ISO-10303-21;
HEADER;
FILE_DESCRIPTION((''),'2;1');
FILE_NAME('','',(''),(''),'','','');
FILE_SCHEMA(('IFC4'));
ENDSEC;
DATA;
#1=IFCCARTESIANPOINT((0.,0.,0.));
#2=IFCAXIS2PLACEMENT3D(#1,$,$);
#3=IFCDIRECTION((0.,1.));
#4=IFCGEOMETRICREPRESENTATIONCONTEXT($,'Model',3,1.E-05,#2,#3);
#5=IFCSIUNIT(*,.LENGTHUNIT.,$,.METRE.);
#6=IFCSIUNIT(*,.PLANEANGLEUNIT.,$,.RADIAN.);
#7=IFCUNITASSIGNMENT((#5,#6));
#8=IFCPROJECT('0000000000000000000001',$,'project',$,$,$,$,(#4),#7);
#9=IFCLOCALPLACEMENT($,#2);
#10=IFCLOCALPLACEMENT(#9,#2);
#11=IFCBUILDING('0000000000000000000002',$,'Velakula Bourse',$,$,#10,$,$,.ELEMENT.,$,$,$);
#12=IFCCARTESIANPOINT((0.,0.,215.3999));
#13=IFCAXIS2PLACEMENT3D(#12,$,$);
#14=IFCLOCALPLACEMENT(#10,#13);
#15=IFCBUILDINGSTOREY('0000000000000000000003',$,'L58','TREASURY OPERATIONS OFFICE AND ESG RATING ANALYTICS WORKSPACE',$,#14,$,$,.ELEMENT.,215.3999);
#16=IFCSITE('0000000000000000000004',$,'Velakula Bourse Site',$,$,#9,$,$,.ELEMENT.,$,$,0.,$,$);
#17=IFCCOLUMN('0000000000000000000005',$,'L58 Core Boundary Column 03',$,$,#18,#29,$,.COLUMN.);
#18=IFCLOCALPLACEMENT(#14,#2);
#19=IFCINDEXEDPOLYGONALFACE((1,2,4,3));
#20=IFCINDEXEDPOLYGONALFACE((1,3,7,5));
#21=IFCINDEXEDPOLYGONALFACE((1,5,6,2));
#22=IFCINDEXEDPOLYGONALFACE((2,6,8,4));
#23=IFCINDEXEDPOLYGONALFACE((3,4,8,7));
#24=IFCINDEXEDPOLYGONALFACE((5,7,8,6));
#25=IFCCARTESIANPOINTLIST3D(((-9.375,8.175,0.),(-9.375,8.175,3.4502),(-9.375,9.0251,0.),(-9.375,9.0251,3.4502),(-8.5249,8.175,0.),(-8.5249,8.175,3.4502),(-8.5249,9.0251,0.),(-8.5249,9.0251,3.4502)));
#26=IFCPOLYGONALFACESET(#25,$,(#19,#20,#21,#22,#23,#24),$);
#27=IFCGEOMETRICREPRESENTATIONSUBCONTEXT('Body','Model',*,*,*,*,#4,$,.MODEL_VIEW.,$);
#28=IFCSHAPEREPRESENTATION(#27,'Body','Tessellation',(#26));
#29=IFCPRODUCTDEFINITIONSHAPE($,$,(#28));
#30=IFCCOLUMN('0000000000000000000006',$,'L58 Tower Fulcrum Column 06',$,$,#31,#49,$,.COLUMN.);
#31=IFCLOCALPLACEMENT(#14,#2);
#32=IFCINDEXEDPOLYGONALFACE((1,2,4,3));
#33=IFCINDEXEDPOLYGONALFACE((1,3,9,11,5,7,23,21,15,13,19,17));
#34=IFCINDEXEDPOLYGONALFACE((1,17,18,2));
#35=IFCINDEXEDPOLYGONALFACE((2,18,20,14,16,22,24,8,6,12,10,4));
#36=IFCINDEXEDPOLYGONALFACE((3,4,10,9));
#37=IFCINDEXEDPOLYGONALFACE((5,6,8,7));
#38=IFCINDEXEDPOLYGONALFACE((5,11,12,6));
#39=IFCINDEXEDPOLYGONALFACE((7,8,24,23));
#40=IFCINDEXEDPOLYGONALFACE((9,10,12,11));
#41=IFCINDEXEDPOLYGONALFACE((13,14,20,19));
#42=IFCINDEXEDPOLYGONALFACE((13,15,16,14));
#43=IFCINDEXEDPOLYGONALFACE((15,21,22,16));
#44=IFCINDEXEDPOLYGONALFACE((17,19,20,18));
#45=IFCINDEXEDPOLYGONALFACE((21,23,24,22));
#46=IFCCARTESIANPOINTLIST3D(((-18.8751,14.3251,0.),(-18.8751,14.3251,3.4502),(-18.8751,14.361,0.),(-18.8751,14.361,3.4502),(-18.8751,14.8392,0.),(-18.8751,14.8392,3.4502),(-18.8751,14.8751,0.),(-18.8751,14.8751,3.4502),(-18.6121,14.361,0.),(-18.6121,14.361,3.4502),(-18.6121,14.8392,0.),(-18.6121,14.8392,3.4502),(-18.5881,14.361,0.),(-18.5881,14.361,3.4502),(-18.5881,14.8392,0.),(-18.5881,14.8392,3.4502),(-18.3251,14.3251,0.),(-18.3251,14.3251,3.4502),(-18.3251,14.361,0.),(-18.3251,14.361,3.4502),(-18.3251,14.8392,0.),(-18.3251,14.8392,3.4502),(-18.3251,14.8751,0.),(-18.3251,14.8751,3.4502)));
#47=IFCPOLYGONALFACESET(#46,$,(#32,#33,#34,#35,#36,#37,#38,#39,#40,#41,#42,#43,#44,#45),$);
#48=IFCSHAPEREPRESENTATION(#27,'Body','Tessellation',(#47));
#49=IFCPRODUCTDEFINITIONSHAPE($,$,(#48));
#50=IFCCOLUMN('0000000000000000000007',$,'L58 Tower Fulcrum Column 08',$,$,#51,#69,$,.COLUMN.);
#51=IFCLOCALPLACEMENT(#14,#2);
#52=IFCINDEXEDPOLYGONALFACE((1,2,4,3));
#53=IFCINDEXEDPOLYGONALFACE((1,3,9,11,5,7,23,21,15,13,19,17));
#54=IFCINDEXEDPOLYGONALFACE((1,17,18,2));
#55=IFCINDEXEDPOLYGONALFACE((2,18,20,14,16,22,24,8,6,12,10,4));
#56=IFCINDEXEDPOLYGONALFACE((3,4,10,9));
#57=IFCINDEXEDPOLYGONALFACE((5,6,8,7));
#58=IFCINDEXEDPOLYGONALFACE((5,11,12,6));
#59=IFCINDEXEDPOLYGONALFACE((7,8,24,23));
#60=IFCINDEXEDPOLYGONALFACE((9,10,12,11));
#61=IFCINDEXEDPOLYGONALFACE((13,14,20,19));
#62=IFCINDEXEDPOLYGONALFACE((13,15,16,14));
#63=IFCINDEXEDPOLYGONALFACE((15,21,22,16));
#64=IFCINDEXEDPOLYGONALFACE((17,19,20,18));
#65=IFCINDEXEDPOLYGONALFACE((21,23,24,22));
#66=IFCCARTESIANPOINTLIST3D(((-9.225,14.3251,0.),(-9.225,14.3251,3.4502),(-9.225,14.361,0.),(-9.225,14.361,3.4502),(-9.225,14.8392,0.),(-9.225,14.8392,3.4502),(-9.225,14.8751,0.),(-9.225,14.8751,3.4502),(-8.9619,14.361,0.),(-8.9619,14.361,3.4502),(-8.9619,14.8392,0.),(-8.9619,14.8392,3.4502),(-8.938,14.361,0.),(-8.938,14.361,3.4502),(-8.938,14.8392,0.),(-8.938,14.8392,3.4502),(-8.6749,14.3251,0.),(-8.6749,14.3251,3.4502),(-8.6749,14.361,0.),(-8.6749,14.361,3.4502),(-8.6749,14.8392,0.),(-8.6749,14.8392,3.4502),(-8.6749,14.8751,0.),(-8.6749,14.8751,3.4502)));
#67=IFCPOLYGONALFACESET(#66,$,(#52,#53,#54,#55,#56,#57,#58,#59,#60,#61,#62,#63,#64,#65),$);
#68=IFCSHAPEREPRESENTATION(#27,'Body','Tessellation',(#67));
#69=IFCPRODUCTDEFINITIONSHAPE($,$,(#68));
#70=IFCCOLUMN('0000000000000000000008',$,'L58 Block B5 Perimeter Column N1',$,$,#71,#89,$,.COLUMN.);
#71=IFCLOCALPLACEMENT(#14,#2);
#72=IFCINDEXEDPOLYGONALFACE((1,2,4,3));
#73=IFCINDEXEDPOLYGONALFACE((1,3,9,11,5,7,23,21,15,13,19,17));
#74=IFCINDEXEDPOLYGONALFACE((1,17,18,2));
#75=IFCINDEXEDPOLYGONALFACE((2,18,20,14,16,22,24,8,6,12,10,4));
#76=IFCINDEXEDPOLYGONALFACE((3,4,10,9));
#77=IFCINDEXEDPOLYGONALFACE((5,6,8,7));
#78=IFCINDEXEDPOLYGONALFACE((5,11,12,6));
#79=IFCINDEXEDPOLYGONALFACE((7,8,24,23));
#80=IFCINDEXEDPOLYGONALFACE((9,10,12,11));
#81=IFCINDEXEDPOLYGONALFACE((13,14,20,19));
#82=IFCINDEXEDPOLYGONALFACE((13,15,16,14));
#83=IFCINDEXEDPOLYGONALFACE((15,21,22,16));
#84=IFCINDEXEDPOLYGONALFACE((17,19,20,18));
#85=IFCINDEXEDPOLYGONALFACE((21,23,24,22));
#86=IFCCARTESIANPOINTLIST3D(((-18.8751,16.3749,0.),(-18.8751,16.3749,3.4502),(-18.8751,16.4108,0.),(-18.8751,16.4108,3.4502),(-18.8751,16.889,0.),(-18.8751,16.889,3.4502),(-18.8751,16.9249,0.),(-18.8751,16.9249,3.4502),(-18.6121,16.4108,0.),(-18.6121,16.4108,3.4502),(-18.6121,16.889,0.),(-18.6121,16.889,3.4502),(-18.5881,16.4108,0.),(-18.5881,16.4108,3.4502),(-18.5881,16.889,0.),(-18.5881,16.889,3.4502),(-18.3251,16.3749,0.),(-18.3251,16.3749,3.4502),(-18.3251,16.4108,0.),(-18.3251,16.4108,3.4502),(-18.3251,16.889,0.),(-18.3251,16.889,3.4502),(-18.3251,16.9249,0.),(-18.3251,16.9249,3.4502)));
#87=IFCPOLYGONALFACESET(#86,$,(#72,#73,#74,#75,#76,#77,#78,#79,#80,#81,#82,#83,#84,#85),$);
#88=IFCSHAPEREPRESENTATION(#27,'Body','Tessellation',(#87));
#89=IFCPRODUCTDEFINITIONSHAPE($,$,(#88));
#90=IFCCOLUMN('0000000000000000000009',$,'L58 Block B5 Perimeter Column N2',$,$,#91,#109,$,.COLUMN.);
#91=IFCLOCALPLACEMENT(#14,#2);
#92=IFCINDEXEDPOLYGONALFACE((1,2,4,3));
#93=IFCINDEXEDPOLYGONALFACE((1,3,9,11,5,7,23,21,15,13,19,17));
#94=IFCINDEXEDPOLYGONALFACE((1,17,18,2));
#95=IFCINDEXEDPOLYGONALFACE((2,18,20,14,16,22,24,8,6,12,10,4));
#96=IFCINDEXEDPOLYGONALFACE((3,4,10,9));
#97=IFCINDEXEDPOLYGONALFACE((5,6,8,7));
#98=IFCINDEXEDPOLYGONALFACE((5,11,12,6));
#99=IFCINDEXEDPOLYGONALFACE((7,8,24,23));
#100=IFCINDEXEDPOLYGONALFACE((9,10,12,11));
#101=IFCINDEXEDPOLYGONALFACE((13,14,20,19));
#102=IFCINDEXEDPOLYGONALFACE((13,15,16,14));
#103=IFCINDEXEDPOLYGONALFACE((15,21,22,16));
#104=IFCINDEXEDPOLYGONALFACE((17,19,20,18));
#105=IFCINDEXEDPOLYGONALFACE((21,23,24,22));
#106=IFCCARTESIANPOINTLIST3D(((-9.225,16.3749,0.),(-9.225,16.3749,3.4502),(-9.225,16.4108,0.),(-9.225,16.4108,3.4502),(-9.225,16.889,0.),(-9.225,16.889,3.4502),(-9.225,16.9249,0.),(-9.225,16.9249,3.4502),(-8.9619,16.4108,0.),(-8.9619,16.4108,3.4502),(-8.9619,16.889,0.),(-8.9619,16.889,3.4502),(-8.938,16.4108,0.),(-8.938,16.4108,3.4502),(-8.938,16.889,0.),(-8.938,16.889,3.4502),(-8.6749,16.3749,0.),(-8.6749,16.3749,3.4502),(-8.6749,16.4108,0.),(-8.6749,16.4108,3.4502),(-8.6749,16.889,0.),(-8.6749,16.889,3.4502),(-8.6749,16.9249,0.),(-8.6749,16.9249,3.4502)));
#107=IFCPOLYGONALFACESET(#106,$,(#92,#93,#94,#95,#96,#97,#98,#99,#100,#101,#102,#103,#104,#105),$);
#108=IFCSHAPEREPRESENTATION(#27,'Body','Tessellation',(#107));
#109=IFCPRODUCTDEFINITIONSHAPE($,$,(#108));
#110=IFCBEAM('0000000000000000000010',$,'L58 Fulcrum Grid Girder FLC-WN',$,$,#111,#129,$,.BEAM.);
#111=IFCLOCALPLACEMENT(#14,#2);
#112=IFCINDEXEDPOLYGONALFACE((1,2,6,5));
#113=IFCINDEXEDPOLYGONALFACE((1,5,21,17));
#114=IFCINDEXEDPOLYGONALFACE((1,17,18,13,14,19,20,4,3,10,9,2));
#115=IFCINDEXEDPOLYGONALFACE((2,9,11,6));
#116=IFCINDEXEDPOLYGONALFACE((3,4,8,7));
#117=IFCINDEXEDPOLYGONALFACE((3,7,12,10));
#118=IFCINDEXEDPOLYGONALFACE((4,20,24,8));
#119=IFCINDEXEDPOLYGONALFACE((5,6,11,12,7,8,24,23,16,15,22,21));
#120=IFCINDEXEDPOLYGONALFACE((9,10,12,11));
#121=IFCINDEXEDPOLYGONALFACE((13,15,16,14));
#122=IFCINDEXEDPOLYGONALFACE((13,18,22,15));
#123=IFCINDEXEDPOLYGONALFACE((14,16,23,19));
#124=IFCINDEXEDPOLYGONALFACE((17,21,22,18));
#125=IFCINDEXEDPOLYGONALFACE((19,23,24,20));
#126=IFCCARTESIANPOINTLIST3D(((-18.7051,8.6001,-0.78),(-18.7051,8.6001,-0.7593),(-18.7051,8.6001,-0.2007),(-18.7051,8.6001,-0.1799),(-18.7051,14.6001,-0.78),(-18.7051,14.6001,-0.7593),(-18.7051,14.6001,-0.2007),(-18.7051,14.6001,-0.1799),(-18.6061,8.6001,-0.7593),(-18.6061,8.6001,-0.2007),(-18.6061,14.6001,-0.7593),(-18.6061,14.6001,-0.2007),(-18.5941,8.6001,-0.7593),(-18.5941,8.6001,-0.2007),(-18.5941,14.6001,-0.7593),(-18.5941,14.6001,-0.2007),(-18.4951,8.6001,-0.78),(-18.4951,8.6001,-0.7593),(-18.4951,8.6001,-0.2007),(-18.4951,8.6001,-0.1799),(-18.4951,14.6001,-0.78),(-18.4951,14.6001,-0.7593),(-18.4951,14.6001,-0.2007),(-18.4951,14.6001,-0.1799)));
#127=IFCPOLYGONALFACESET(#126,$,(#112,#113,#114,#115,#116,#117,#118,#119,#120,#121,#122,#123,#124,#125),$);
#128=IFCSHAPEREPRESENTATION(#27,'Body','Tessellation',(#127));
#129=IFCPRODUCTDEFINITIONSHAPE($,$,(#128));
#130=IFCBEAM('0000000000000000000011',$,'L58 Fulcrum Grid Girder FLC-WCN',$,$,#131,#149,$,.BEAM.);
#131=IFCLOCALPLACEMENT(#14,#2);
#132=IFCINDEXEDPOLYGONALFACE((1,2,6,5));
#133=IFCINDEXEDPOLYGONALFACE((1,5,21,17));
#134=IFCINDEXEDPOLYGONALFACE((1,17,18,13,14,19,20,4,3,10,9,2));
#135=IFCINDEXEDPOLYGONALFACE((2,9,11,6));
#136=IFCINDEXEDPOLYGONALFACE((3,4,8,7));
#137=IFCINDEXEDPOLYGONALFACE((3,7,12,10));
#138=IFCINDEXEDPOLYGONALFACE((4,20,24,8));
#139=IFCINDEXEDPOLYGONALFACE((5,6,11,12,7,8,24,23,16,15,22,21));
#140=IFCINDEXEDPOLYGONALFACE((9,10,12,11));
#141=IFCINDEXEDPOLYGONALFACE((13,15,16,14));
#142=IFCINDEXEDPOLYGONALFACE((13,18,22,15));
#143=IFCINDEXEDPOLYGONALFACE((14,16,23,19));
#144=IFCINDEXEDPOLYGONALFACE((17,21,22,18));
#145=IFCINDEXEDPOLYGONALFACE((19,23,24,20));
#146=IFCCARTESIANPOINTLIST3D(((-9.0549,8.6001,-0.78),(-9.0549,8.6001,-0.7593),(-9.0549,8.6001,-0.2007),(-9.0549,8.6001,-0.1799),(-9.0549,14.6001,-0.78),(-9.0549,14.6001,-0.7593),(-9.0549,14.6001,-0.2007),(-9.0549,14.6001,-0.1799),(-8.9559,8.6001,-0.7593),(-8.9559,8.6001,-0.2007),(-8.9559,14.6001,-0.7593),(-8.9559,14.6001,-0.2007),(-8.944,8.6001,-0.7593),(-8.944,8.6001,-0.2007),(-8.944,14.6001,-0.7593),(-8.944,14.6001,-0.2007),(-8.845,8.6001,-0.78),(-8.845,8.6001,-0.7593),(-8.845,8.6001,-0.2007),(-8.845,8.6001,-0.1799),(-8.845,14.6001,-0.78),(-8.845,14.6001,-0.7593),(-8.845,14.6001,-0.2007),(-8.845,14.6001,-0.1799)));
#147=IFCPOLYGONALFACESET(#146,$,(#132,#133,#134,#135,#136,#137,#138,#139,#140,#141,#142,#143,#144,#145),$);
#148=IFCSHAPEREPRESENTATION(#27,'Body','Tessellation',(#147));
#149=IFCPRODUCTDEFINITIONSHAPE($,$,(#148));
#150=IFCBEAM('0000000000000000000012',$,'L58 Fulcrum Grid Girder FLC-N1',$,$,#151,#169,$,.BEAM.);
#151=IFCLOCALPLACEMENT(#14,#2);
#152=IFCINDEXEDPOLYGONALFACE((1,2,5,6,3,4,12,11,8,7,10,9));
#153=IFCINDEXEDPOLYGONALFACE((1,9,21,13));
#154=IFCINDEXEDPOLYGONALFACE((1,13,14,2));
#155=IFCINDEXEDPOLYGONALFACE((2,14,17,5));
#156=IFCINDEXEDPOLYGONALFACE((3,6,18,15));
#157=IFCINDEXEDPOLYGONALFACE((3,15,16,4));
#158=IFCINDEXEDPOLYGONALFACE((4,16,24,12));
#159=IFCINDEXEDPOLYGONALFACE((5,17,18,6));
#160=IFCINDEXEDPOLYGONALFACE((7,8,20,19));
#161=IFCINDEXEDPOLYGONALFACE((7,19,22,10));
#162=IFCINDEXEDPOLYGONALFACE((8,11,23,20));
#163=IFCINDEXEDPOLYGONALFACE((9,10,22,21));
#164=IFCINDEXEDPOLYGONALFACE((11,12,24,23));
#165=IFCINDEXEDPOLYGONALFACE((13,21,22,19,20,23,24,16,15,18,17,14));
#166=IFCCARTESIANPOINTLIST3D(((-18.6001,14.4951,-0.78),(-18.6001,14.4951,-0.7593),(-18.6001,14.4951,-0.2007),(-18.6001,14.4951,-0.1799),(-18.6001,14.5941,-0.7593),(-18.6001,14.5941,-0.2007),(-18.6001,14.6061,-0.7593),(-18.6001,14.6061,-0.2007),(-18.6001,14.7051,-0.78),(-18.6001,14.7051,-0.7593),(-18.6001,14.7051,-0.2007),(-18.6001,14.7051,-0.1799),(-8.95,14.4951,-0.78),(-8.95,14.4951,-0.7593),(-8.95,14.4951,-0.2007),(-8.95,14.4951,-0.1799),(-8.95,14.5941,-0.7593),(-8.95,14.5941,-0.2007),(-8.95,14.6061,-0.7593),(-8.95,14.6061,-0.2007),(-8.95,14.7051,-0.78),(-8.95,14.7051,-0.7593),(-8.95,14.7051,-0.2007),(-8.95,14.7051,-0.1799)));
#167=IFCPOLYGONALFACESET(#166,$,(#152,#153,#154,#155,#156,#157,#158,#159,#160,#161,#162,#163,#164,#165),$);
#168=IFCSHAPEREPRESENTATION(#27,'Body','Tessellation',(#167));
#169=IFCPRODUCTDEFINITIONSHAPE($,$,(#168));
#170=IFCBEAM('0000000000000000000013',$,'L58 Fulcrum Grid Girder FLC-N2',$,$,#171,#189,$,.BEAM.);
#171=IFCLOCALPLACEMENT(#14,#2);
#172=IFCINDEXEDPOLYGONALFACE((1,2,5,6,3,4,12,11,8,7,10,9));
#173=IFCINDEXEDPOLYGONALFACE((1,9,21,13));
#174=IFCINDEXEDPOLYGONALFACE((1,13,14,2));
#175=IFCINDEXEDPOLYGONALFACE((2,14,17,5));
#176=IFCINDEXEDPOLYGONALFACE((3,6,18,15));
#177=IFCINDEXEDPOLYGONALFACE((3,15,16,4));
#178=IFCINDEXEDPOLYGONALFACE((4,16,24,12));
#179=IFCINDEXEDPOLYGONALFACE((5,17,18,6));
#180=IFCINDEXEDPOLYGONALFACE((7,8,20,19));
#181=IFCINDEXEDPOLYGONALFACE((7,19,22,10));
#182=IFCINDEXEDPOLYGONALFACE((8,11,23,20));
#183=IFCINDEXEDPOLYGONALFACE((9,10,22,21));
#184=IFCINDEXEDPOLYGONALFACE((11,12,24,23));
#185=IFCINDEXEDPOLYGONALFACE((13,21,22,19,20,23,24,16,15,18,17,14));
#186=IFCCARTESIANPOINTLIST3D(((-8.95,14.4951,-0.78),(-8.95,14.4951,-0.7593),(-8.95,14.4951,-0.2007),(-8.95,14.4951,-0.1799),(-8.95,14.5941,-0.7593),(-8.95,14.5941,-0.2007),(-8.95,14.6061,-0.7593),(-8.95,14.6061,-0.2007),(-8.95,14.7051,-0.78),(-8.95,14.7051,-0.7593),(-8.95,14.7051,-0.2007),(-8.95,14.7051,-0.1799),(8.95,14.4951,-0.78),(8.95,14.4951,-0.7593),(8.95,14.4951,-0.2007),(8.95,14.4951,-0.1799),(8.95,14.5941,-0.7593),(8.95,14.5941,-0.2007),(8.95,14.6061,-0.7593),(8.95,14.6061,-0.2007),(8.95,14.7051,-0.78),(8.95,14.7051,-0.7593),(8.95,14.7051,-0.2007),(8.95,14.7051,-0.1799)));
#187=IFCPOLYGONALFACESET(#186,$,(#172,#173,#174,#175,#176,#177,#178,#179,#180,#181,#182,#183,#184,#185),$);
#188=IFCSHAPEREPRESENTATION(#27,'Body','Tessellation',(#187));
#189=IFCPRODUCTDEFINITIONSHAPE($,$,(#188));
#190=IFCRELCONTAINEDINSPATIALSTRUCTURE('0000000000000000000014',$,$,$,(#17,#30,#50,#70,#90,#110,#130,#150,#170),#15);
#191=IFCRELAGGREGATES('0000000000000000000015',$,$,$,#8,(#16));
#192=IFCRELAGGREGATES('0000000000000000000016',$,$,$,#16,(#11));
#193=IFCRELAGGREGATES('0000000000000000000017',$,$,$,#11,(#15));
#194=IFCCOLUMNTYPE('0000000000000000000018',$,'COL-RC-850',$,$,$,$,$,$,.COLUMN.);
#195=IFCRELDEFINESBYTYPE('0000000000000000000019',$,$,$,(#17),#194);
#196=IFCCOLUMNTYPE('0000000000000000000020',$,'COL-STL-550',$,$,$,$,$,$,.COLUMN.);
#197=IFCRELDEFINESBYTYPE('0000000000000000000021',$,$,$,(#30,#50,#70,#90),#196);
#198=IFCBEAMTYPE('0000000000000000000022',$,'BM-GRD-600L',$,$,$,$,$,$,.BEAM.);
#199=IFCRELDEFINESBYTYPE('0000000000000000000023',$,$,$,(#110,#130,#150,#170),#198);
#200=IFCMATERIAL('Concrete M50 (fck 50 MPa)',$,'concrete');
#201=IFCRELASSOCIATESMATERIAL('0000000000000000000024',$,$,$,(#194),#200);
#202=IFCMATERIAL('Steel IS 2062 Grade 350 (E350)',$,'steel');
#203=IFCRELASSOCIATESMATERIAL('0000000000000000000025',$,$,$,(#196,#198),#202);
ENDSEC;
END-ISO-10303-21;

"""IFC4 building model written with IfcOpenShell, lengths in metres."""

from ifc_helpers import new_model, si_unit, direction, frame, origin, origin_2d, place, context, subcontext, project, spatial, rectangle, i_section, extrude, material, material_profile, profile_set, type_object, element, save


model = new_model("IFC4")

# Units and contexts
model_context = context("Model", 3, precision=1e-05, world=origin(), true_north=direction((0.0, 1.0)))
body_context = subcontext(model_context, "Body", "Model", "MODEL_VIEW")
ifc_project = project(units=[si_unit("LENGTHUNIT", "METRE"), si_unit("PLANEANGLEUNIT", "RADIAN")], contexts=[model_context])

# Site, building, storey
site_placement = place(None, origin())
site = spatial("IfcSite", under=ifc_project, at=site_placement, Name="Velakula Bourse Site", CompositionType="ELEMENT", RefElevation=0.0)
building_placement = place(site_placement, origin())
building = spatial("IfcBuilding", under=site, at=building_placement, Name="Velakula Bourse", CompositionType="ELEMENT")
storey_placement = place(building_placement, frame((0.0, 0.0, 215.3999)))
storey = spatial("IfcBuildingStorey", under=building, at=storey_placement, Name="L58", Description="TREASURY OPERATIONS OFFICE AND ESG RATING ANALYTICS WORKSPACE", CompositionType="ELEMENT", Elevation=215.3999)

# Columns
ifc_material_1 = material(Name="Concrete M50 (fck 50 MPa)", Category="concrete")
ifc_material_profile_1 = material_profile(ifc_material_1, rectangle(XDim=0.8501, YDim=0.8501, at=origin_2d()), Name="Concrete M50 (fck 50 MPa)")
ifc_profile_set_1 = profile_set([ifc_material_profile_1], Name="Concrete M50 (fck 50 MPa)")
column_type_1 = type_object("IfcColumnType", Name="COL-RC-850", PredefinedType="COLUMN", material=ifc_profile_set_1)
column_placement = place(storey_placement, frame((-8.95, 8.6001, 0.0), z_axis=(0.0, 0.0, 1.0), x_axis=(1.0, 0.0, 0.0)))
element("IfcColumn", 1, at=column_placement, inside=storey, type_object=column_type_1, Name="L58 Core Boundary Column 03", PredefinedType="COLUMN", context=body_context, shape_type="SweptSolid", body=[
    extrude(rectangle(XDim=0.8501, YDim=0.8501, at=origin_2d()), origin(), (0.0, 0.0, 1.0), 3.4502),
])
ifc_material_2 = material(Name="Steel IS 2062 Grade 350 (E350)", Category="steel")
ifc_material_profile_2 = material_profile(ifc_material_2, i_section(OverallWidth=0.55, OverallDepth=0.55, WebThickness=0.0239, FlangeThickness=0.0359, at=origin_2d()), Name="Steel IS 2062 Grade 350 (E350)")
ifc_profile_set_2 = profile_set([ifc_material_profile_2], Name="Steel IS 2062 Grade 350 (E350)")
column_type_2 = type_object("IfcColumnType", Name="COL-STL-550", PredefinedType="COLUMN", material=ifc_profile_set_2)
for number, where, z_axis, x_axis, name in (
    (2, (-18.6001, 14.6001, 0.0), (0.0, 0.0, 1.0), (1.0, 0.0, 0.0), "L58 Tower Fulcrum Column 06"),
    (3, (-8.95, 14.6001, 0.0), (0.0, 0.0, 1.0), (1.0, 0.0, 0.0), "L58 Tower Fulcrum Column 08"),
    (4, (-18.6001, 16.6499, 0.0), (0.0, 0.0, 1.0), (1.0, 0.0, 0.0), "L58 Block B5 Perimeter Column N1"),
    (5, (-8.95, 16.6499, 0.0), (0.0, 0.0, 1.0), (1.0, 0.0, 0.0), "L58 Block B5 Perimeter Column N2"),
):
    element("IfcColumn", number, at=place(storey_placement, frame(where, z_axis=z_axis, x_axis=x_axis)), inside=storey, type_object=column_type_2, Name=name, PredefinedType="COLUMN", context=body_context, shape_type="SweptSolid", body=[
        extrude(i_section(OverallWidth=0.55, OverallDepth=0.55, WebThickness=0.0239, FlangeThickness=0.0359, at=origin_2d()), origin(), (0.0, 0.0, 1.0), 3.4502),
    ])

# Beams
ifc_material_profile_3 = material_profile(ifc_material_2, i_section(OverallWidth=0.21, OverallDepth=0.6001, WebThickness=0.012, FlangeThickness=0.0208, at=origin_2d()), Name="Steel IS 2062 Grade 350 (E350)")
ifc_profile_set_3 = profile_set([ifc_material_profile_3], Name="Steel IS 2062 Grade 350 (E350)")
beam_type_1 = type_object("IfcBeamType", Name="BM-GRD-600L", PredefinedType="BEAM", material=ifc_profile_set_3)
for number, where, z_axis, x_axis, name in (
    (6, (-18.6001, 8.6001, -0.48), (0.0, 1.0, 0.0), (-1.0, 0.0, 0.0), "L58 Fulcrum Grid Girder FLC-WN"),
    (7, (-8.95, 8.6001, -0.48), (0.0, 1.0, 0.0), (-1.0, 0.0, 0.0), "L58 Fulcrum Grid Girder FLC-WCN"),
):
    element("IfcBeam", number, at=place(storey_placement, frame(where, z_axis=z_axis, x_axis=x_axis)), inside=storey, type_object=beam_type_1, Name=name, PredefinedType="BEAM", context=body_context, shape_type="SweptSolid", body=[
        extrude(i_section(OverallWidth=0.21, OverallDepth=0.6001, WebThickness=0.012, FlangeThickness=0.0208, at=origin_2d()), origin(), (0.0, 0.0, 1.0), 6.0),
    ])
beam_1_placement = place(storey_placement, frame((-18.6001, 14.6001, -0.48), z_axis=(1.0, 0.0, 0.0), x_axis=(0.0, 1.0, 0.0)))
element("IfcBeam", 8, at=beam_1_placement, inside=storey, type_object=beam_type_1, Name="L58 Fulcrum Grid Girder FLC-N1", PredefinedType="BEAM", context=body_context, shape_type="SweptSolid", body=[
    extrude(i_section(OverallWidth=0.21, OverallDepth=0.6001, WebThickness=0.012, FlangeThickness=0.0208, at=origin_2d()), origin(), (0.0, 0.0, 1.0), 9.6501),
])
beam_2_placement = place(storey_placement, frame((-8.95, 14.6001, -0.48), z_axis=(1.0, 0.0, 0.0), x_axis=(0.0, 1.0, 0.0)))
element("IfcBeam", 9, at=beam_2_placement, inside=storey, type_object=beam_type_1, Name="L58 Fulcrum Grid Girder FLC-N2", PredefinedType="BEAM", context=body_context, shape_type="SweptSolid", body=[
    extrude(i_section(OverallWidth=0.21, OverallDepth=0.6001, WebThickness=0.012, FlangeThickness=0.0208, at=origin_2d()), origin(), (0.0, 0.0, 1.0), 17.8999),
])

save(model, "model.ifc")
